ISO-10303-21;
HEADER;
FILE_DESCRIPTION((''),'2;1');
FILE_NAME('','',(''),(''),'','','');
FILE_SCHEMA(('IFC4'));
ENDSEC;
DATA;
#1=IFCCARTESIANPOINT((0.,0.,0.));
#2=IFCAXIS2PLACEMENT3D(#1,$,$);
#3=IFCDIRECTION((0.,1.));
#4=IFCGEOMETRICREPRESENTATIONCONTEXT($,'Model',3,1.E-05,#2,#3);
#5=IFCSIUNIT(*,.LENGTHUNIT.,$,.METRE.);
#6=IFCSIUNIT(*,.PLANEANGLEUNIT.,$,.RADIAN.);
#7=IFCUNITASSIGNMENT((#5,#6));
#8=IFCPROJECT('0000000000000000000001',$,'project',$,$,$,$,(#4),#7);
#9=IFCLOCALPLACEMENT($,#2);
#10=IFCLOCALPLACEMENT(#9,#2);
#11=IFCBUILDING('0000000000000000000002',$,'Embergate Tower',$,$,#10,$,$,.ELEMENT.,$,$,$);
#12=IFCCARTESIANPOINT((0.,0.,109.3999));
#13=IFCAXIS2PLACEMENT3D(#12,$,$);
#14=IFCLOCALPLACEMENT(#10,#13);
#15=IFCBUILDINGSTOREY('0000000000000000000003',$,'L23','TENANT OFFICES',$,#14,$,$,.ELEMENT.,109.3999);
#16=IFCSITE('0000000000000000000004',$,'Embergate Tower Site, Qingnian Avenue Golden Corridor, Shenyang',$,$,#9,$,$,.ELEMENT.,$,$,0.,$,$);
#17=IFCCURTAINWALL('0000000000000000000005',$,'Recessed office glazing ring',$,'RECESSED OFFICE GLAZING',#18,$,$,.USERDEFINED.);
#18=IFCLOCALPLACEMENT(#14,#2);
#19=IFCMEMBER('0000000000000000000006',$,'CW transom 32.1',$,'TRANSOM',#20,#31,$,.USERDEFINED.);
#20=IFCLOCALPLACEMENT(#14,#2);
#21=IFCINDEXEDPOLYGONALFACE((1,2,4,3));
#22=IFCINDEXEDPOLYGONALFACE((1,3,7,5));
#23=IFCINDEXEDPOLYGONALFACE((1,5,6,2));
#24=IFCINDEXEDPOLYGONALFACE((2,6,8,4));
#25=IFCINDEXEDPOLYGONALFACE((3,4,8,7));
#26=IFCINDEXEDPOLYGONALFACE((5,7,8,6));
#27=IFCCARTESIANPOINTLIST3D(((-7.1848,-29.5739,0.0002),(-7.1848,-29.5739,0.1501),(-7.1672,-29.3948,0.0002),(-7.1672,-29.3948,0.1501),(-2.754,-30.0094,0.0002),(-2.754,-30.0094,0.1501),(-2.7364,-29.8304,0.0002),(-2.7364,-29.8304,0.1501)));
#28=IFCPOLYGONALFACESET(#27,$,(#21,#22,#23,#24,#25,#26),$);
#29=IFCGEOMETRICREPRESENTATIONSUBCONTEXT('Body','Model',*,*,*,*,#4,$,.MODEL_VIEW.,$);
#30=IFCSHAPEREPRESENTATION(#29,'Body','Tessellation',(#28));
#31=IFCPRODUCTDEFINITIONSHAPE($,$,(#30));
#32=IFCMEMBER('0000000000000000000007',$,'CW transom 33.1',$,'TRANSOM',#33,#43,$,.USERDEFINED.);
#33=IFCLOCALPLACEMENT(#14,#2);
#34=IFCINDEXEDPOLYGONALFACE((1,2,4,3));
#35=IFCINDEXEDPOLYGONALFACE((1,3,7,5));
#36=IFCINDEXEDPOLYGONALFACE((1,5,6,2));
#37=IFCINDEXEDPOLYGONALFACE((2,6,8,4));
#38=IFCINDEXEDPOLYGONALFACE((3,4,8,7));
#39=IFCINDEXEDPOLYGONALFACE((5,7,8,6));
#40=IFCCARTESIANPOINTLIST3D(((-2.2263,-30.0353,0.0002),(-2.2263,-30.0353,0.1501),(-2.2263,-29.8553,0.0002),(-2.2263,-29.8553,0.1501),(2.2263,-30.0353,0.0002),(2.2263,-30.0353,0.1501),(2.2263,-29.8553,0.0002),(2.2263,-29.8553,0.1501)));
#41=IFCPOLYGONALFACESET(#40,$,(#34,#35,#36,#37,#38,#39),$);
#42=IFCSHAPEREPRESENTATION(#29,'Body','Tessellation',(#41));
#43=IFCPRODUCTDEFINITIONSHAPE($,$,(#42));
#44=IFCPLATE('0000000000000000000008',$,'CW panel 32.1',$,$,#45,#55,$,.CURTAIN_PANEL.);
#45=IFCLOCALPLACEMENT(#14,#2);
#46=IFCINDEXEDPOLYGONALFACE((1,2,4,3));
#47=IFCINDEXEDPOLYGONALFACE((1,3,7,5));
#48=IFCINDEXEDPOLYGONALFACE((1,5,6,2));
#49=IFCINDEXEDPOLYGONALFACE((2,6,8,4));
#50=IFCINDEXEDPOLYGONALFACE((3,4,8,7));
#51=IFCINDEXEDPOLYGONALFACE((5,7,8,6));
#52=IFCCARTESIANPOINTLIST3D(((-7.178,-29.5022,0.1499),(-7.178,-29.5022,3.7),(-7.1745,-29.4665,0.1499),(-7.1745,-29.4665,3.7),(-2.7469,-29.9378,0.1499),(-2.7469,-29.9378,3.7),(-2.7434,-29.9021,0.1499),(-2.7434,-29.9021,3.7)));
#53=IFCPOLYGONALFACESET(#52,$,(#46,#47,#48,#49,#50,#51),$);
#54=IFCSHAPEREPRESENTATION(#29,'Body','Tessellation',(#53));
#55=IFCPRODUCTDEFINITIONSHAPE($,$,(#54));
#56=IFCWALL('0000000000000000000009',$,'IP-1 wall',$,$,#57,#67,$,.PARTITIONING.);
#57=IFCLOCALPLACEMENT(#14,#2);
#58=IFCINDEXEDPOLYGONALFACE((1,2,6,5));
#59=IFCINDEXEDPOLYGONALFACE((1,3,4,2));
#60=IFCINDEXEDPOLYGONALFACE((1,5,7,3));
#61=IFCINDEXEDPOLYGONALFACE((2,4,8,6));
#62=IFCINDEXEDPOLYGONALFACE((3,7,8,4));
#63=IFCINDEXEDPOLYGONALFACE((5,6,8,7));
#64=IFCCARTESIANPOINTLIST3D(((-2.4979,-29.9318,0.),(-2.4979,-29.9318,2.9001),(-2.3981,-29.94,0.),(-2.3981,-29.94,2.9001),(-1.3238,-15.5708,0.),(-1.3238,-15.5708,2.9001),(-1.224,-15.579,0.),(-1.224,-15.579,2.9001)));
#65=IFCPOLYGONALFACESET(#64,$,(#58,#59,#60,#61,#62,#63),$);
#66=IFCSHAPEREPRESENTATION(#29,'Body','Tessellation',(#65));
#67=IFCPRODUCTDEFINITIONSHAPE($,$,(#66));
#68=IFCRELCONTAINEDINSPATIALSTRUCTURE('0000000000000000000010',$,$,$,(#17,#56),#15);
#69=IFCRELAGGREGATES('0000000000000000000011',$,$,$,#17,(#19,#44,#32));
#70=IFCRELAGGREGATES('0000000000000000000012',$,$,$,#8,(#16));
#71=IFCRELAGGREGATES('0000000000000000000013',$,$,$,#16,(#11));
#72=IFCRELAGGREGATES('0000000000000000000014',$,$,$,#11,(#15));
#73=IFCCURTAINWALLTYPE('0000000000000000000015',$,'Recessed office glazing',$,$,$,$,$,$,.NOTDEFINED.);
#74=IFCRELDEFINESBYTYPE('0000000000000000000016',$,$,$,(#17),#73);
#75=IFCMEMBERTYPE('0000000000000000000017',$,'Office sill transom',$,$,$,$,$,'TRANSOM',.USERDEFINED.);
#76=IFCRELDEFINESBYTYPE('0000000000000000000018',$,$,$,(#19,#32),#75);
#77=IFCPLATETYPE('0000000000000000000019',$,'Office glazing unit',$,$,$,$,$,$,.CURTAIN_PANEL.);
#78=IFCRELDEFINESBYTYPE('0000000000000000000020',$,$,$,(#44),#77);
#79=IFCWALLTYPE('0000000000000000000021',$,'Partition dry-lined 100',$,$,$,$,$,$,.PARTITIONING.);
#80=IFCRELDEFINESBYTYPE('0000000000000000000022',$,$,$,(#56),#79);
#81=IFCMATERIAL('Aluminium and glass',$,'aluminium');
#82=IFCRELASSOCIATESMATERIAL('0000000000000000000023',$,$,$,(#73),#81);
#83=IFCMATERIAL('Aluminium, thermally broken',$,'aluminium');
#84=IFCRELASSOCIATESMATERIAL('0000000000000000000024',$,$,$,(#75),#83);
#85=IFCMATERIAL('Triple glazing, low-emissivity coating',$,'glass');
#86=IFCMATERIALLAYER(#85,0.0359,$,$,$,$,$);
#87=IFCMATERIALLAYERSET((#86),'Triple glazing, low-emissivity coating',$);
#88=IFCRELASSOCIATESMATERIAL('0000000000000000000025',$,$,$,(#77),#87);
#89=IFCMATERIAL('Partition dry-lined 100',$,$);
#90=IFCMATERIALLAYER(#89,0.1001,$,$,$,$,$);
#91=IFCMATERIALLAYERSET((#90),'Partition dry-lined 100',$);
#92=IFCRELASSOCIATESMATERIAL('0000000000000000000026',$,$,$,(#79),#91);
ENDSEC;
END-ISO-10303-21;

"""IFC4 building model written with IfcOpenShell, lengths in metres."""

from ifc_helpers import new_model, si_unit, direction, frame, frame_2d, origin, origin_2d, place, context, subcontext, project, spatial, rectangle, extrude, source, transform, mapped, material, layer, layer_set, material_profile, profile_set, type_object, element, aggregate, save


model = new_model("IFC4")

# Units and contexts
model_context = context("Model", 3, precision=1e-05, world=origin(), true_north=direction((0.0, 1.0)))
body_context = subcontext(model_context, "Body", "Model", "MODEL_VIEW")
ifc_project = project(units=[si_unit("LENGTHUNIT", "METRE"), si_unit("PLANEANGLEUNIT", "RADIAN")], contexts=[model_context])

# Site, building, storey
site_placement = place(None, origin())
site = spatial("IfcSite", under=ifc_project, at=site_placement, Name="Embergate Tower Site, Qingnian Avenue Golden Corridor, Shenyang", CompositionType="ELEMENT", RefElevation=0.0)
building_placement = place(site_placement, origin())
building = spatial("IfcBuilding", under=site, at=building_placement, Name="Embergate Tower", CompositionType="ELEMENT")
storey_placement = place(building_placement, frame((0.0, 0.0, 109.3999)))
storey = spatial("IfcBuildingStorey", under=building, at=storey_placement, Name="L23", Description="TENANT OFFICES", CompositionType="ELEMENT", Elevation=109.3999)

# Curtain wall, members, plate
ifc_material_1 = material(Name="Aluminium and glass", Category="aluminium")
curtain_wall_type = type_object("IfcCurtainWallType", Name="Recessed office glazing", PredefinedType="NOTDEFINED", material=ifc_material_1)
curtain_wall_placement = place(storey_placement, origin())
curtain_wall = element("IfcCurtainWall", 1, at=curtain_wall_placement, inside=storey, type_object=curtain_wall_type, Name="Recessed office glazing ring", ObjectType="RECESSED OFFICE GLAZING", PredefinedType="USERDEFINED")
ifc_material_2 = material(Name="Aluminium, thermally broken", Category="aluminium")
ifc_material_profile_1 = material_profile(ifc_material_2, rectangle(XDim=0.1799, YDim=0.1499, at=origin_2d()), Name="AL 150x180")
ifc_profile_set_1 = profile_set([ifc_material_profile_1], Name="Aluminium, thermally broken")
member_type_1 = type_object("IfcMemberType", Name="Office sill transom", ElementType="TRANSOM", PredefinedType="USERDEFINED", material=ifc_profile_set_1)
shared_shape_1 = source(origin(), body_context, "Body", "SweptSolid", [
    extrude(rectangle(XDim=0.1799, YDim=0.1499, at=origin_2d()), origin(), (0.0, 0.0, 1.0), 4.4521),
])
member_1_placement = place(storey_placement, frame((-7.176, -29.4844, 0.0752), z_axis=(0.995204, -0.097826, 0.0), x_axis=(0.097826, 0.995204, 0.0)))
member_1 = element("IfcMember", 2, at=member_1_placement, type_object=member_type_1, Name="CW transom 32.1", ObjectType="TRANSOM", PredefinedType="USERDEFINED", context=body_context, shape_type="MappedRepresentation", body=[
    mapped(shared_shape_1, transform((0.0, 0.0, 0.0))),
])
shared_shape_2 = source(origin(), body_context, "Body", "SweptSolid", [
    extrude(rectangle(XDim=0.1799, YDim=0.1499, at=origin_2d()), origin(), (0.0, 0.0, 1.0), 4.4526),
])
member_2_placement = place(storey_placement, frame((-2.2263, -29.9453, 0.0752), z_axis=(1.0, 0.0, 0.0), x_axis=(0.0, 1.0, 0.0)))
member_2 = element("IfcMember", 3, at=member_2_placement, type_object=member_type_1, Name="CW transom 33.1", ObjectType="TRANSOM", PredefinedType="USERDEFINED", context=body_context, shape_type="MappedRepresentation", body=[
    mapped(shared_shape_2, transform((0.0, 0.0, 0.0))),
])
ifc_material_3 = material(Name="Triple glazing, low-emissivity coating", Category="glass")
ifc_layer_1 = layer(ifc_material_3, 0.0359)
ifc_layer_set_1 = layer_set([ifc_layer_1], Name="Triple glazing, low-emissivity coating")
plate_type = type_object("IfcPlateType", Name="Office glazing unit", PredefinedType="CURTAIN_PANEL", material=ifc_layer_set_1)
shared_shape_3 = source(origin(), body_context, "Body", "SweptSolid", [
    extrude(rectangle(XDim=4.4524, YDim=0.0359, at=origin_2d()), origin(), (0.0, 0.0, 1.0), 3.55),
])
plate_placement = place(storey_placement, frame((-4.9607, -29.7021, 0.1499), z_axis=(0.0, 0.0, 1.0), x_axis=(0.995203, -0.097831, 0.0)))
plate = element("IfcPlate", 4, at=plate_placement, type_object=plate_type, Name="CW panel 32.1", PredefinedType="CURTAIN_PANEL", context=body_context, shape_type="MappedRepresentation", body=[
    mapped(shared_shape_3, transform((0.0, 0.0, 0.0))),
])
aggregate(curtain_wall, [member_1, plate, member_2])

# Wall
ifc_material_4 = material(Name="Partition dry-lined 100")
ifc_layer_2 = layer(ifc_material_4, 0.1001)
ifc_layer_set_2 = layer_set([ifc_layer_2], Name="Partition dry-lined 100")
wall_type = type_object("IfcWallType", Name="Partition dry-lined 100", PredefinedType="PARTITIONING", material=ifc_layer_set_2)
shared_shape_4 = source(origin(), body_context, "Body", "SweptSolid", [
    extrude(rectangle(XDim=14.4089, YDim=0.1001, at=frame_2d((7.2046, 0.0))), origin(), (0.0, 0.0, 1.0), 2.9001),
])
wall_placement = place(storey_placement, frame((-2.448, -29.936, 0.0), z_axis=(0.0, 0.0, 1.0), x_axis=(0.081482, 0.996675, 0.0)))
element("IfcWall", 5, at=wall_placement, inside=storey, type_object=wall_type, Name="IP-1 wall", PredefinedType="PARTITIONING", context=body_context, shape_type="MappedRepresentation", body=[
    mapped(shared_shape_4, transform((0.0, 0.0, 0.0))),
])

save(model, "model.ifc")
